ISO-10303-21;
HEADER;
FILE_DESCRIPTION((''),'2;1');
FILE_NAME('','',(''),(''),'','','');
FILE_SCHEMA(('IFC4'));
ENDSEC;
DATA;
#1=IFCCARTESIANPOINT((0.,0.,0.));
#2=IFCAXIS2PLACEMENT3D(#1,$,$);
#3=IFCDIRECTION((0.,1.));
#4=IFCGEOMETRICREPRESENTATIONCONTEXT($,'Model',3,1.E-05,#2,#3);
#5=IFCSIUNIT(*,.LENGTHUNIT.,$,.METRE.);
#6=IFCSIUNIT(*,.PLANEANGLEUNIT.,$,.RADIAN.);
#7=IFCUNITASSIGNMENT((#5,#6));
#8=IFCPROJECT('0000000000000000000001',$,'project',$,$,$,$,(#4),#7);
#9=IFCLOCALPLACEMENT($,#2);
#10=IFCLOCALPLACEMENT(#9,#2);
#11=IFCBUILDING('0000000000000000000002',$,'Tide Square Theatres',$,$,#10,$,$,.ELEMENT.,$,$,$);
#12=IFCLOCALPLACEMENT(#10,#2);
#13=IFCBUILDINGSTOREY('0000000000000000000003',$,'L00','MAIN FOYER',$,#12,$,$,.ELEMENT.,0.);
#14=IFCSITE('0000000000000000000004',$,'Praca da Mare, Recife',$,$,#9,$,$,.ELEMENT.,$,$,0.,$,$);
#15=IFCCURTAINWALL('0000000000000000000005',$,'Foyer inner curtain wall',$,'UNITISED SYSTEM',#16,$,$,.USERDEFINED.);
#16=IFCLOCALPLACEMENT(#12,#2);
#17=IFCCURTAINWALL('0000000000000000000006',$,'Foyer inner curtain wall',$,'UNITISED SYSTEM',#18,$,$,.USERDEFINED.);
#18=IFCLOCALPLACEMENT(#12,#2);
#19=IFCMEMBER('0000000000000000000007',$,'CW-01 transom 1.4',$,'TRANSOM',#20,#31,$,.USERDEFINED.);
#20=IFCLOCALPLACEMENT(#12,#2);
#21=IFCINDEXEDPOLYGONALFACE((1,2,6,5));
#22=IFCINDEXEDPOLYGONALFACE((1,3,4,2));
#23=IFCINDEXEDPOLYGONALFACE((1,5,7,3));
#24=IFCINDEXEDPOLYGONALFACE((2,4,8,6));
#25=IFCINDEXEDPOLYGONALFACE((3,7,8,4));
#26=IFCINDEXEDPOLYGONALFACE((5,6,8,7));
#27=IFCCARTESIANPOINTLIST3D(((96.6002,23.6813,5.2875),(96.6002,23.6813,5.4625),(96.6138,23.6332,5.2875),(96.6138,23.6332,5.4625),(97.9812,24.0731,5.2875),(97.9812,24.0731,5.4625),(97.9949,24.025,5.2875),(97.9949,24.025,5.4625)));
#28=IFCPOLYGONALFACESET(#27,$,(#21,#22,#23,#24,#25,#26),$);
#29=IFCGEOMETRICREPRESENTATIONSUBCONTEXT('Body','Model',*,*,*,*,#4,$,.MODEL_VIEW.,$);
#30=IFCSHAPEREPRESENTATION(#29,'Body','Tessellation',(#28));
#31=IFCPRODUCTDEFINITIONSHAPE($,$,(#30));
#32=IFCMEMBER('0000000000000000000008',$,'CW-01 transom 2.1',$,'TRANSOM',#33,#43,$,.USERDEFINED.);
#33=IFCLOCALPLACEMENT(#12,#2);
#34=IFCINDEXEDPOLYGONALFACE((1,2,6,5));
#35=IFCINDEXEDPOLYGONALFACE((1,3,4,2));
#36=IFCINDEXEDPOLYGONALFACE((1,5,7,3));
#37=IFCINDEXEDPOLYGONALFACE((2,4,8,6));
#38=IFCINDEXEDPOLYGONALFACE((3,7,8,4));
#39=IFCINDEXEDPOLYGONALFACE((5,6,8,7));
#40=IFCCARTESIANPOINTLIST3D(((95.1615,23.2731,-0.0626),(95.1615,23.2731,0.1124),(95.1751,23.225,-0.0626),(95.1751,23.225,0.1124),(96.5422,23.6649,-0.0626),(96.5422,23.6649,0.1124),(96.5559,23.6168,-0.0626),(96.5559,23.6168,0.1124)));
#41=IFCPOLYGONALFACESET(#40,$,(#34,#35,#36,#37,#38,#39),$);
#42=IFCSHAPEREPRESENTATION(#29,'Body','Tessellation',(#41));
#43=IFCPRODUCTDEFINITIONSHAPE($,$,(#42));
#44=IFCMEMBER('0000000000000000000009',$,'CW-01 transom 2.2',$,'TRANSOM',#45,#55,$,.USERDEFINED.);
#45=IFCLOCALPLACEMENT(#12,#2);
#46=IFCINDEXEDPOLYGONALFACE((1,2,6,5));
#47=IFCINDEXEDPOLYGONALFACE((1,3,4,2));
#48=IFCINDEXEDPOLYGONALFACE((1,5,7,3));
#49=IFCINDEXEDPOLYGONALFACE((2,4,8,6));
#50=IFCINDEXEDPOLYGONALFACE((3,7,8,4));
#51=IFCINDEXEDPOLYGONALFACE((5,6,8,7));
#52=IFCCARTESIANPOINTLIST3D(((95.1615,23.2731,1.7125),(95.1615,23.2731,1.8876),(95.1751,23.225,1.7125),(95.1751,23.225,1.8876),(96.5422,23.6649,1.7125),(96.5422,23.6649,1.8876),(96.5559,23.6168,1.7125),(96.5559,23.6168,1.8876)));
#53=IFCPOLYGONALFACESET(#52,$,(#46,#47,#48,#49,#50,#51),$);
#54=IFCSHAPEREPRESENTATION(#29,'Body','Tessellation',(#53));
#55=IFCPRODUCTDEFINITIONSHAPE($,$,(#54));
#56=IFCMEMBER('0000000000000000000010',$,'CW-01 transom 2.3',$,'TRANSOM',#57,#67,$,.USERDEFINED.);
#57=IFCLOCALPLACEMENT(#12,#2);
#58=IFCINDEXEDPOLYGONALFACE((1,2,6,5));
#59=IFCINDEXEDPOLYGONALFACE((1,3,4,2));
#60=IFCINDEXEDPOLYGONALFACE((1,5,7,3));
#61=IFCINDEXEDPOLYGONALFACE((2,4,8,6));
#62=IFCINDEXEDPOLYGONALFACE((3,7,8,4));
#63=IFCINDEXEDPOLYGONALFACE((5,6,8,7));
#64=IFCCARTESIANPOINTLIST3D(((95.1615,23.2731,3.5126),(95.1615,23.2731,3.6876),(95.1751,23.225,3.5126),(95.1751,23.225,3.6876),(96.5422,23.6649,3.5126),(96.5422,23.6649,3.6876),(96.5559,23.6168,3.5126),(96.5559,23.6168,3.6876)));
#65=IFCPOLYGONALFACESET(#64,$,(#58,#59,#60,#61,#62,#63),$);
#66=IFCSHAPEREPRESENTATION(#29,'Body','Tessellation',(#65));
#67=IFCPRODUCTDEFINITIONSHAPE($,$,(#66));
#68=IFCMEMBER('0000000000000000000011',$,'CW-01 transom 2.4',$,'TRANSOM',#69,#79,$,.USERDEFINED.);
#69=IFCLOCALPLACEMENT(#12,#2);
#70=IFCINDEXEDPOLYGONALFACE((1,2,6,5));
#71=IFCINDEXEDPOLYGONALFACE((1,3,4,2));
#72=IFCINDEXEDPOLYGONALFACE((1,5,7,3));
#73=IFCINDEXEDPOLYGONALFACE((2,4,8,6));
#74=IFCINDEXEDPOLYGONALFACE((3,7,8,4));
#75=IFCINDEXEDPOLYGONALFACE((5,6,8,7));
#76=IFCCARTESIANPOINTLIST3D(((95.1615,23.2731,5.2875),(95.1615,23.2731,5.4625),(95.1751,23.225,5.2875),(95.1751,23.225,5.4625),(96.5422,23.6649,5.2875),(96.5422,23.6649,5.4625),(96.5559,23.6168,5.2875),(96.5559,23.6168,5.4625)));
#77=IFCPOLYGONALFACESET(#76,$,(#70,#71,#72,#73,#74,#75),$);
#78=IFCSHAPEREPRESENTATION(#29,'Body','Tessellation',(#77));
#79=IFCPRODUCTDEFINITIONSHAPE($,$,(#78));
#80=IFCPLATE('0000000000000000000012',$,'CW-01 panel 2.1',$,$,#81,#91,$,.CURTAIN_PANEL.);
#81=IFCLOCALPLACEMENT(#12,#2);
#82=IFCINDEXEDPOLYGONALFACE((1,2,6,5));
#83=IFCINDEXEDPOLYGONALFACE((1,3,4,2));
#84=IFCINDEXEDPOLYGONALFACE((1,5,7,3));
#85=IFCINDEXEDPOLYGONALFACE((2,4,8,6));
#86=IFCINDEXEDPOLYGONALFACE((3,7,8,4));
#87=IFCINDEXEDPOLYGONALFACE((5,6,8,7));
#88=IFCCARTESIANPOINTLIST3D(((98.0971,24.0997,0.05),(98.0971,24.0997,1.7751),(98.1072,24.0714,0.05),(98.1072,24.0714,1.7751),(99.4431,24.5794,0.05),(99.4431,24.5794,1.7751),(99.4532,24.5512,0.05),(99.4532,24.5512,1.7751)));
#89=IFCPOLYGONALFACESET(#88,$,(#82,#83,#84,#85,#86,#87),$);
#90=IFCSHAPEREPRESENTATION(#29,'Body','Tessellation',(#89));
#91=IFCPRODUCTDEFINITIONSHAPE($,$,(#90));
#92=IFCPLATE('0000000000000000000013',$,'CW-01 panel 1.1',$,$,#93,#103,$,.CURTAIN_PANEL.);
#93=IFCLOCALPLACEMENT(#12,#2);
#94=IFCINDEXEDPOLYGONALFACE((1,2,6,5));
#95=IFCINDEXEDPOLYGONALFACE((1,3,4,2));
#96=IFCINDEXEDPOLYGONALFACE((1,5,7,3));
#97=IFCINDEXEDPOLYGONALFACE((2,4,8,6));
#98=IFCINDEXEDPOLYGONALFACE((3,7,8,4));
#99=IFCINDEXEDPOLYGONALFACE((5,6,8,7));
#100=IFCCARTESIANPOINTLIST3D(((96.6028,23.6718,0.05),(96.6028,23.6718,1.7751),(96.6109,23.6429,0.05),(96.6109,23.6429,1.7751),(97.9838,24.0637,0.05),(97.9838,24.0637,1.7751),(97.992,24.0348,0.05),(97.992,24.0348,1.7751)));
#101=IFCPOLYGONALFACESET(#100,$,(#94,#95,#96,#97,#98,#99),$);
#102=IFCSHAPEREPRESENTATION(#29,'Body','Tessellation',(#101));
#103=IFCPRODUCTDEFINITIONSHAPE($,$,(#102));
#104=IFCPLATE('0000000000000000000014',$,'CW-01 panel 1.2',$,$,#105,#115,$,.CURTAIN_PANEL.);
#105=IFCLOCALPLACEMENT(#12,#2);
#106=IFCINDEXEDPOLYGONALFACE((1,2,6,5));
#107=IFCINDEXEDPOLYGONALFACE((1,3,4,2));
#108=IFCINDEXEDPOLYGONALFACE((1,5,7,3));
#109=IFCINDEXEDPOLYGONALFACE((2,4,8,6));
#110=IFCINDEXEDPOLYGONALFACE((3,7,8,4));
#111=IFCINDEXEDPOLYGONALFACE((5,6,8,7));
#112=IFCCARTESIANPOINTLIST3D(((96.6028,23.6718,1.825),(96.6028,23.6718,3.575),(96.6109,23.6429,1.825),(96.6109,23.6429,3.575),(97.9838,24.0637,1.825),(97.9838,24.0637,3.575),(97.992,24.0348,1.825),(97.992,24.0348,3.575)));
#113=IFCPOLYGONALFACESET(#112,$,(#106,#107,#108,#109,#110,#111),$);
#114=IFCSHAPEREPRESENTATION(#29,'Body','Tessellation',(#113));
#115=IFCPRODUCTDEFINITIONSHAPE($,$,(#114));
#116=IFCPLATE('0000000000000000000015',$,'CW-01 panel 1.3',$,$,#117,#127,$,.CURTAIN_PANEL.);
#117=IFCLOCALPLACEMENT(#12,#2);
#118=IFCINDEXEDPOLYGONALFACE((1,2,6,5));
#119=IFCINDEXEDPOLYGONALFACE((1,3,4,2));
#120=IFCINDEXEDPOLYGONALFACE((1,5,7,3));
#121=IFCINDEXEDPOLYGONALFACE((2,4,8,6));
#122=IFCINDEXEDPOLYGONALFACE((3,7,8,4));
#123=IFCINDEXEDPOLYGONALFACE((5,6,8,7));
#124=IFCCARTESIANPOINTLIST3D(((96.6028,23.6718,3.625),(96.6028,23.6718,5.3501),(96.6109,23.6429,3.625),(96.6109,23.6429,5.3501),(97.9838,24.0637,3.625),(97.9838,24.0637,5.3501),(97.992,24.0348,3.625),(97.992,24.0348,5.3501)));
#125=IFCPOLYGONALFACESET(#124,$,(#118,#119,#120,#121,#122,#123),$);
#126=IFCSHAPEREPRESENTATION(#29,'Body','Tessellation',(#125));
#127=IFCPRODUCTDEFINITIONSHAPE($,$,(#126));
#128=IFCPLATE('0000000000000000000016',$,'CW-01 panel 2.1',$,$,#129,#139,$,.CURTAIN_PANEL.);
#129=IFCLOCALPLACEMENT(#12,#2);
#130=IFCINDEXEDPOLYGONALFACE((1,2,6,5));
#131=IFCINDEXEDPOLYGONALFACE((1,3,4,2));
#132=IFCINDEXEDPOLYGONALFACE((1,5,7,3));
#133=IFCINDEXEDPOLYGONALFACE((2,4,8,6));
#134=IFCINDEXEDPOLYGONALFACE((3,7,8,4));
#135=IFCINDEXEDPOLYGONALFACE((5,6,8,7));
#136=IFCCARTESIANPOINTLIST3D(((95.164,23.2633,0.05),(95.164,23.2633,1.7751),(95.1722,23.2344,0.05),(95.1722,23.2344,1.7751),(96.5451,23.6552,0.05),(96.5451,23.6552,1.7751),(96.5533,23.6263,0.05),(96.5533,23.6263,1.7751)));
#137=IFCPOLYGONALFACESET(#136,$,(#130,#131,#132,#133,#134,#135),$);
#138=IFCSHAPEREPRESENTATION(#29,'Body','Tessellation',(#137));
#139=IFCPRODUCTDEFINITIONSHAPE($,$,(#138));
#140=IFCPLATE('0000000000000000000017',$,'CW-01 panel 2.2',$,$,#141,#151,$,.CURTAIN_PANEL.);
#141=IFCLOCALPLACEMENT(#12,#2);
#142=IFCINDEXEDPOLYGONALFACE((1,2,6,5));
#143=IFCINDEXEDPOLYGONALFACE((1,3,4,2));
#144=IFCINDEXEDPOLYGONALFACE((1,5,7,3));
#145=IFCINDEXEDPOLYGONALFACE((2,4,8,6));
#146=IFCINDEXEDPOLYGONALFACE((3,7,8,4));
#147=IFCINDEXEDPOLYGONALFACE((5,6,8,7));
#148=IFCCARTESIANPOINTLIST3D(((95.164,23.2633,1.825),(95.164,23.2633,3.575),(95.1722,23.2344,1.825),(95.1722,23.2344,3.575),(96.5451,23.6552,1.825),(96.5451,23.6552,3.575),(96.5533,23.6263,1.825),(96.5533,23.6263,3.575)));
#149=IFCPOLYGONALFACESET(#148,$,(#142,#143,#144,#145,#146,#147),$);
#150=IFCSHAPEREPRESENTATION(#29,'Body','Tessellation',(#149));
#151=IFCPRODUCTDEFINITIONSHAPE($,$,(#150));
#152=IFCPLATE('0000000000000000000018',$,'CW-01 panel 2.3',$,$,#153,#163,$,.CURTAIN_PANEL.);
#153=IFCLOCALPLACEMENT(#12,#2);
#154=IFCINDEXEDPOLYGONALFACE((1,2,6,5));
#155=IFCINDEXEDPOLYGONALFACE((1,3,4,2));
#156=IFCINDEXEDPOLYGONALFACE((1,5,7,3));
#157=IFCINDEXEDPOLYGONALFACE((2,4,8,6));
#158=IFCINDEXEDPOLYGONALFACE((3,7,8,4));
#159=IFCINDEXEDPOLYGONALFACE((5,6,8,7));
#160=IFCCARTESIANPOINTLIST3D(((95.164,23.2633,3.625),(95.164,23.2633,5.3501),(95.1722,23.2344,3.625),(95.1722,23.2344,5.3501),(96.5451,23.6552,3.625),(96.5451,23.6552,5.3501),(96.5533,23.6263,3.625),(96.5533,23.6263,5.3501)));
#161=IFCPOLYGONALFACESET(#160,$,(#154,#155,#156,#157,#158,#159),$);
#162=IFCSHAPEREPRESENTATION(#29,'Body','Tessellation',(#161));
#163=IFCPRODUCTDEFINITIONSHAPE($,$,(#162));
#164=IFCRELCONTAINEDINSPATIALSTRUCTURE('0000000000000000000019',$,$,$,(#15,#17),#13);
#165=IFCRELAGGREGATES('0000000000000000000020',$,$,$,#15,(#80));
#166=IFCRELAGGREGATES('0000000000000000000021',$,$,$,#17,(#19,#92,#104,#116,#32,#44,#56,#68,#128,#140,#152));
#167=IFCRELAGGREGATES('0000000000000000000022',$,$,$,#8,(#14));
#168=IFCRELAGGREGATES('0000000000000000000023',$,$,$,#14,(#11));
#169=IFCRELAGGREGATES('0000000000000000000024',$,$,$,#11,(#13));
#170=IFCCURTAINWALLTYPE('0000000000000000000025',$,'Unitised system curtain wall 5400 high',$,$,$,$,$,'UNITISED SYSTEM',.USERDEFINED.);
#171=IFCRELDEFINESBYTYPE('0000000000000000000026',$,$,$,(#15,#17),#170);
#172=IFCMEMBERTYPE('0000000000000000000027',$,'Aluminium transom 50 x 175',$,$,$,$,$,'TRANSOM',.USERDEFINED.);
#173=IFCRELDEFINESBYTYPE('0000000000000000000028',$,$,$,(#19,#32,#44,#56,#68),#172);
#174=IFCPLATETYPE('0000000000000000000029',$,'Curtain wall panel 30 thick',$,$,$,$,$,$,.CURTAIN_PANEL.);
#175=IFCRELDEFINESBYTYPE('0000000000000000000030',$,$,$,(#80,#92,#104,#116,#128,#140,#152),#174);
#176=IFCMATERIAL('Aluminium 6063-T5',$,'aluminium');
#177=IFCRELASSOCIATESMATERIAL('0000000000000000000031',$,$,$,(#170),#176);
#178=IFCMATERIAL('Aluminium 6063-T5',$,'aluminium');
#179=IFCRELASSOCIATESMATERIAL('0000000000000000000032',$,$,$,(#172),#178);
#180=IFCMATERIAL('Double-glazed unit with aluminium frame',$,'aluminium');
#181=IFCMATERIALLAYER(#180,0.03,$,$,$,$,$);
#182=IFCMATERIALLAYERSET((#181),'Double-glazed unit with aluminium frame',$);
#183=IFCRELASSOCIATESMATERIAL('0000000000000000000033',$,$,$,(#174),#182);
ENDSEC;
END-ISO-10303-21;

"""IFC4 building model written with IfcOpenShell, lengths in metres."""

from ifc_helpers import new_model, si_unit, direction, frame, origin, origin_2d, place, context, subcontext, project, spatial, rectangle, extrude, material, layer, layer_set, material_profile, profile_set, type_object, element, aggregate, save


model = new_model("IFC4")

# Units and contexts
model_context = context("Model", 3, precision=1e-05, world=origin(), true_north=direction((0.0, 1.0)))
body_context = subcontext(model_context, "Body", "Model", "MODEL_VIEW")
ifc_project = project(units=[si_unit("LENGTHUNIT", "METRE"), si_unit("PLANEANGLEUNIT", "RADIAN")], contexts=[model_context])

# Site, building, storey
site_placement = place(None, origin())
site = spatial("IfcSite", under=ifc_project, at=site_placement, Name="Praca da Mare, Recife", CompositionType="ELEMENT", RefElevation=0.0)
building_placement = place(site_placement, origin())
building = spatial("IfcBuilding", under=site, at=building_placement, Name="Tide Square Theatres", CompositionType="ELEMENT")
storey_placement = place(building_placement, origin())
storey = spatial("IfcBuildingStorey", under=building, at=storey_placement, Name="L00", Description="MAIN FOYER", CompositionType="ELEMENT", Elevation=0.0)

# Curtain wall
ifc_material_1 = material(Name="Aluminium 6063-T5", Category="aluminium")
curtain_wall_type = type_object("IfcCurtainWallType", Name="Unitised system curtain wall 5400 high", ElementType="UNITISED SYSTEM", PredefinedType="USERDEFINED", material=ifc_material_1)
curtain_wall_1_placement = place(storey_placement, origin())
curtain_wall_1 = element("IfcCurtainWall", 1, at=curtain_wall_1_placement, inside=storey, type_object=curtain_wall_type, Name="Foyer inner curtain wall", ObjectType="UNITISED SYSTEM", PredefinedType="USERDEFINED")

# Curtain wall, members
curtain_wall_2_placement = place(storey_placement, origin())
curtain_wall_2 = element("IfcCurtainWall", 2, at=curtain_wall_2_placement, inside=storey, type_object=curtain_wall_type, Name="Foyer inner curtain wall", ObjectType="UNITISED SYSTEM", PredefinedType="USERDEFINED")
ifc_material_2 = material(Name="Aluminium 6063-T5", Category="aluminium")
ifc_material_profile_1 = material_profile(ifc_material_2, rectangle(XDim=0.05, YDim=0.175, at=origin_2d()))
ifc_profile_set_1 = profile_set([ifc_material_profile_1], Name="Aluminium 6063-T5")
member_type_1 = type_object("IfcMemberType", Name="Aluminium transom 50 x 175", ElementType="TRANSOM", PredefinedType="USERDEFINED", material=ifc_profile_set_1)
member_1_placement = place(storey_placement, frame((97.988, 24.0491, 5.375), z_axis=(-0.962029, -0.272946, 0.0), x_axis=(0.272946, -0.962029, 0.0)))
member_1 = element("IfcMember", 3, at=member_1_placement, type_object=member_type_1, Name="CW-01 transom 1.4", ObjectType="TRANSOM", PredefinedType="USERDEFINED", context=body_context, shape_type="SweptSolid", body=[
    extrude(rectangle(XDim=0.05, YDim=0.175, at=origin_2d()), origin(), (0.0, 0.0, 1.0), 1.4355),
])
member_2_placement = place(storey_placement, frame((96.5491, 23.6409, 0.0249), z_axis=(-0.962017, -0.272991, 0.0), x_axis=(0.272991, -0.962017, 0.0)))
member_2 = element("IfcMember", 4, at=member_2_placement, type_object=member_type_1, Name="CW-01 transom 2.1", ObjectType="TRANSOM", PredefinedType="USERDEFINED", context=body_context, shape_type="SweptSolid", body=[
    extrude(rectangle(XDim=0.05, YDim=0.175, at=origin_2d()), origin(), (0.0, 0.0, 1.0), 1.4353),
])
member_3_placement = place(storey_placement, frame((96.5491, 23.6409, 1.8), z_axis=(-0.962017, -0.272991, 0.0), x_axis=(0.272991, -0.962017, 0.0)))
member_3 = element("IfcMember", 5, at=member_3_placement, type_object=member_type_1, Name="CW-01 transom 2.2", ObjectType="TRANSOM", PredefinedType="USERDEFINED", context=body_context, shape_type="SweptSolid", body=[
    extrude(rectangle(XDim=0.05, YDim=0.175, at=origin_2d()), origin(), (0.0, 0.0, 1.0), 1.4353),
])
member_4_placement = place(storey_placement, frame((96.5491, 23.6409, 3.6001), z_axis=(-0.962017, -0.272991, 0.0), x_axis=(0.272991, -0.962017, 0.0)))
member_4 = element("IfcMember", 6, at=member_4_placement, type_object=member_type_1, Name="CW-01 transom 2.3", ObjectType="TRANSOM", PredefinedType="USERDEFINED", context=body_context, shape_type="SweptSolid", body=[
    extrude(rectangle(XDim=0.05, YDim=0.175, at=origin_2d()), origin(), (0.0, 0.0, 1.0), 1.4353),
])
member_5_placement = place(storey_placement, frame((96.5491, 23.6409, 5.375), z_axis=(-0.962017, -0.272991, 0.0), x_axis=(0.272991, -0.962017, 0.0)))
member_5 = element("IfcMember", 7, at=member_5_placement, type_object=member_type_1, Name="CW-01 transom 2.4", ObjectType="TRANSOM", PredefinedType="USERDEFINED", context=body_context, shape_type="SweptSolid", body=[
    extrude(rectangle(XDim=0.05, YDim=0.175, at=origin_2d()), origin(), (0.0, 0.0, 1.0), 1.4353),
])

# Plates
ifc_material_3 = material(Name="Double-glazed unit with aluminium frame", Category="aluminium")
ifc_layer_1 = layer(ifc_material_3, 0.03)
ifc_layer_set_1 = layer_set([ifc_layer_1], Name="Double-glazed unit with aluminium frame")
plate_type = type_object("IfcPlateType", Name="Curtain wall panel 30 thick", PredefinedType="CURTAIN_PANEL", material=ifc_layer_set_1)
plate_1_placement = place(storey_placement, frame((98.7751, 24.3254, 0.05), z_axis=(0.0, 0.0, 1.0), x_axis=(-0.941961, -0.335723, 0.0)))
plate_1 = element("IfcPlate", 8, at=plate_1_placement, type_object=plate_type, Name="CW-01 panel 2.1", PredefinedType="CURTAIN_PANEL", context=body_context, shape_type="SweptSolid", body=[
    extrude(rectangle(XDim=1.429, YDim=0.03, at=origin_2d()), origin(), (0.0, 0.0, 1.0), 1.7251),
])
aggregate(curtain_wall_1, [plate_1])
plate_2_placement = place(storey_placement, frame((97.2974, 23.8533, 0.05), z_axis=(0.0, 0.0, 1.0), x_axis=(-0.962021, -0.272976, 0.0)))
plate_2 = element("IfcPlate", 9, at=plate_2_placement, type_object=plate_type, Name="CW-01 panel 1.1", PredefinedType="CURTAIN_PANEL", context=body_context, shape_type="SweptSolid", body=[
    extrude(rectangle(XDim=1.4355, YDim=0.03, at=origin_2d()), origin(), (0.0, 0.0, 1.0), 1.7251),
])
plate_3_placement = place(storey_placement, frame((97.2974, 23.8533, 1.825), z_axis=(0.0, 0.0, 1.0), x_axis=(-0.962021, -0.272976, 0.0)))
plate_3 = element("IfcPlate", 10, at=plate_3_placement, type_object=plate_type, Name="CW-01 panel 1.2", PredefinedType="CURTAIN_PANEL", context=body_context, shape_type="SweptSolid", body=[
    extrude(rectangle(XDim=1.4355, YDim=0.03, at=origin_2d()), origin(), (0.0, 0.0, 1.0), 1.75),
])
plate_4_placement = place(storey_placement, frame((97.2974, 23.8533, 3.625), z_axis=(0.0, 0.0, 1.0), x_axis=(-0.962021, -0.272976, 0.0)))
plate_4 = element("IfcPlate", 11, at=plate_4_placement, type_object=plate_type, Name="CW-01 panel 1.3", PredefinedType="CURTAIN_PANEL", context=body_context, shape_type="SweptSolid", body=[
    extrude(rectangle(XDim=1.4355, YDim=0.03, at=origin_2d()), origin(), (0.0, 0.0, 1.0), 1.7251),
])
plate_5_placement = place(storey_placement, frame((95.8586, 23.4448, 0.05), z_axis=(0.0, 0.0, 1.0), x_axis=(-0.962021, -0.272976, 0.0)))
plate_5 = element("IfcPlate", 12, at=plate_5_placement, type_object=plate_type, Name="CW-01 panel 2.1", PredefinedType="CURTAIN_PANEL", context=body_context, shape_type="SweptSolid", body=[
    extrude(rectangle(XDim=1.4355, YDim=0.03, at=origin_2d()), origin(), (0.0, 0.0, 1.0), 1.7251),
])
plate_6_placement = place(storey_placement, frame((95.8586, 23.4448, 1.825), z_axis=(0.0, 0.0, 1.0), x_axis=(-0.962021, -0.272976, 0.0)))
plate_6 = element("IfcPlate", 13, at=plate_6_placement, type_object=plate_type, Name="CW-01 panel 2.2", PredefinedType="CURTAIN_PANEL", context=body_context, shape_type="SweptSolid", body=[
    extrude(rectangle(XDim=1.4355, YDim=0.03, at=origin_2d()), origin(), (0.0, 0.0, 1.0), 1.75),
])
plate_7_placement = place(storey_placement, frame((95.8586, 23.4448, 3.625), z_axis=(0.0, 0.0, 1.0), x_axis=(-0.962021, -0.272976, 0.0)))
plate_7 = element("IfcPlate", 14, at=plate_7_placement, type_object=plate_type, Name="CW-01 panel 2.3", PredefinedType="CURTAIN_PANEL", context=body_context, shape_type="SweptSolid", body=[
    extrude(rectangle(XDim=1.4355, YDim=0.03, at=origin_2d()), origin(), (0.0, 0.0, 1.0), 1.7251),
])
aggregate(curtain_wall_2, [member_1, plate_2, plate_3, plate_4, member_2, member_3, member_4, member_5, plate_5, plate_6, plate_7])

save(model, "model.ifc")
